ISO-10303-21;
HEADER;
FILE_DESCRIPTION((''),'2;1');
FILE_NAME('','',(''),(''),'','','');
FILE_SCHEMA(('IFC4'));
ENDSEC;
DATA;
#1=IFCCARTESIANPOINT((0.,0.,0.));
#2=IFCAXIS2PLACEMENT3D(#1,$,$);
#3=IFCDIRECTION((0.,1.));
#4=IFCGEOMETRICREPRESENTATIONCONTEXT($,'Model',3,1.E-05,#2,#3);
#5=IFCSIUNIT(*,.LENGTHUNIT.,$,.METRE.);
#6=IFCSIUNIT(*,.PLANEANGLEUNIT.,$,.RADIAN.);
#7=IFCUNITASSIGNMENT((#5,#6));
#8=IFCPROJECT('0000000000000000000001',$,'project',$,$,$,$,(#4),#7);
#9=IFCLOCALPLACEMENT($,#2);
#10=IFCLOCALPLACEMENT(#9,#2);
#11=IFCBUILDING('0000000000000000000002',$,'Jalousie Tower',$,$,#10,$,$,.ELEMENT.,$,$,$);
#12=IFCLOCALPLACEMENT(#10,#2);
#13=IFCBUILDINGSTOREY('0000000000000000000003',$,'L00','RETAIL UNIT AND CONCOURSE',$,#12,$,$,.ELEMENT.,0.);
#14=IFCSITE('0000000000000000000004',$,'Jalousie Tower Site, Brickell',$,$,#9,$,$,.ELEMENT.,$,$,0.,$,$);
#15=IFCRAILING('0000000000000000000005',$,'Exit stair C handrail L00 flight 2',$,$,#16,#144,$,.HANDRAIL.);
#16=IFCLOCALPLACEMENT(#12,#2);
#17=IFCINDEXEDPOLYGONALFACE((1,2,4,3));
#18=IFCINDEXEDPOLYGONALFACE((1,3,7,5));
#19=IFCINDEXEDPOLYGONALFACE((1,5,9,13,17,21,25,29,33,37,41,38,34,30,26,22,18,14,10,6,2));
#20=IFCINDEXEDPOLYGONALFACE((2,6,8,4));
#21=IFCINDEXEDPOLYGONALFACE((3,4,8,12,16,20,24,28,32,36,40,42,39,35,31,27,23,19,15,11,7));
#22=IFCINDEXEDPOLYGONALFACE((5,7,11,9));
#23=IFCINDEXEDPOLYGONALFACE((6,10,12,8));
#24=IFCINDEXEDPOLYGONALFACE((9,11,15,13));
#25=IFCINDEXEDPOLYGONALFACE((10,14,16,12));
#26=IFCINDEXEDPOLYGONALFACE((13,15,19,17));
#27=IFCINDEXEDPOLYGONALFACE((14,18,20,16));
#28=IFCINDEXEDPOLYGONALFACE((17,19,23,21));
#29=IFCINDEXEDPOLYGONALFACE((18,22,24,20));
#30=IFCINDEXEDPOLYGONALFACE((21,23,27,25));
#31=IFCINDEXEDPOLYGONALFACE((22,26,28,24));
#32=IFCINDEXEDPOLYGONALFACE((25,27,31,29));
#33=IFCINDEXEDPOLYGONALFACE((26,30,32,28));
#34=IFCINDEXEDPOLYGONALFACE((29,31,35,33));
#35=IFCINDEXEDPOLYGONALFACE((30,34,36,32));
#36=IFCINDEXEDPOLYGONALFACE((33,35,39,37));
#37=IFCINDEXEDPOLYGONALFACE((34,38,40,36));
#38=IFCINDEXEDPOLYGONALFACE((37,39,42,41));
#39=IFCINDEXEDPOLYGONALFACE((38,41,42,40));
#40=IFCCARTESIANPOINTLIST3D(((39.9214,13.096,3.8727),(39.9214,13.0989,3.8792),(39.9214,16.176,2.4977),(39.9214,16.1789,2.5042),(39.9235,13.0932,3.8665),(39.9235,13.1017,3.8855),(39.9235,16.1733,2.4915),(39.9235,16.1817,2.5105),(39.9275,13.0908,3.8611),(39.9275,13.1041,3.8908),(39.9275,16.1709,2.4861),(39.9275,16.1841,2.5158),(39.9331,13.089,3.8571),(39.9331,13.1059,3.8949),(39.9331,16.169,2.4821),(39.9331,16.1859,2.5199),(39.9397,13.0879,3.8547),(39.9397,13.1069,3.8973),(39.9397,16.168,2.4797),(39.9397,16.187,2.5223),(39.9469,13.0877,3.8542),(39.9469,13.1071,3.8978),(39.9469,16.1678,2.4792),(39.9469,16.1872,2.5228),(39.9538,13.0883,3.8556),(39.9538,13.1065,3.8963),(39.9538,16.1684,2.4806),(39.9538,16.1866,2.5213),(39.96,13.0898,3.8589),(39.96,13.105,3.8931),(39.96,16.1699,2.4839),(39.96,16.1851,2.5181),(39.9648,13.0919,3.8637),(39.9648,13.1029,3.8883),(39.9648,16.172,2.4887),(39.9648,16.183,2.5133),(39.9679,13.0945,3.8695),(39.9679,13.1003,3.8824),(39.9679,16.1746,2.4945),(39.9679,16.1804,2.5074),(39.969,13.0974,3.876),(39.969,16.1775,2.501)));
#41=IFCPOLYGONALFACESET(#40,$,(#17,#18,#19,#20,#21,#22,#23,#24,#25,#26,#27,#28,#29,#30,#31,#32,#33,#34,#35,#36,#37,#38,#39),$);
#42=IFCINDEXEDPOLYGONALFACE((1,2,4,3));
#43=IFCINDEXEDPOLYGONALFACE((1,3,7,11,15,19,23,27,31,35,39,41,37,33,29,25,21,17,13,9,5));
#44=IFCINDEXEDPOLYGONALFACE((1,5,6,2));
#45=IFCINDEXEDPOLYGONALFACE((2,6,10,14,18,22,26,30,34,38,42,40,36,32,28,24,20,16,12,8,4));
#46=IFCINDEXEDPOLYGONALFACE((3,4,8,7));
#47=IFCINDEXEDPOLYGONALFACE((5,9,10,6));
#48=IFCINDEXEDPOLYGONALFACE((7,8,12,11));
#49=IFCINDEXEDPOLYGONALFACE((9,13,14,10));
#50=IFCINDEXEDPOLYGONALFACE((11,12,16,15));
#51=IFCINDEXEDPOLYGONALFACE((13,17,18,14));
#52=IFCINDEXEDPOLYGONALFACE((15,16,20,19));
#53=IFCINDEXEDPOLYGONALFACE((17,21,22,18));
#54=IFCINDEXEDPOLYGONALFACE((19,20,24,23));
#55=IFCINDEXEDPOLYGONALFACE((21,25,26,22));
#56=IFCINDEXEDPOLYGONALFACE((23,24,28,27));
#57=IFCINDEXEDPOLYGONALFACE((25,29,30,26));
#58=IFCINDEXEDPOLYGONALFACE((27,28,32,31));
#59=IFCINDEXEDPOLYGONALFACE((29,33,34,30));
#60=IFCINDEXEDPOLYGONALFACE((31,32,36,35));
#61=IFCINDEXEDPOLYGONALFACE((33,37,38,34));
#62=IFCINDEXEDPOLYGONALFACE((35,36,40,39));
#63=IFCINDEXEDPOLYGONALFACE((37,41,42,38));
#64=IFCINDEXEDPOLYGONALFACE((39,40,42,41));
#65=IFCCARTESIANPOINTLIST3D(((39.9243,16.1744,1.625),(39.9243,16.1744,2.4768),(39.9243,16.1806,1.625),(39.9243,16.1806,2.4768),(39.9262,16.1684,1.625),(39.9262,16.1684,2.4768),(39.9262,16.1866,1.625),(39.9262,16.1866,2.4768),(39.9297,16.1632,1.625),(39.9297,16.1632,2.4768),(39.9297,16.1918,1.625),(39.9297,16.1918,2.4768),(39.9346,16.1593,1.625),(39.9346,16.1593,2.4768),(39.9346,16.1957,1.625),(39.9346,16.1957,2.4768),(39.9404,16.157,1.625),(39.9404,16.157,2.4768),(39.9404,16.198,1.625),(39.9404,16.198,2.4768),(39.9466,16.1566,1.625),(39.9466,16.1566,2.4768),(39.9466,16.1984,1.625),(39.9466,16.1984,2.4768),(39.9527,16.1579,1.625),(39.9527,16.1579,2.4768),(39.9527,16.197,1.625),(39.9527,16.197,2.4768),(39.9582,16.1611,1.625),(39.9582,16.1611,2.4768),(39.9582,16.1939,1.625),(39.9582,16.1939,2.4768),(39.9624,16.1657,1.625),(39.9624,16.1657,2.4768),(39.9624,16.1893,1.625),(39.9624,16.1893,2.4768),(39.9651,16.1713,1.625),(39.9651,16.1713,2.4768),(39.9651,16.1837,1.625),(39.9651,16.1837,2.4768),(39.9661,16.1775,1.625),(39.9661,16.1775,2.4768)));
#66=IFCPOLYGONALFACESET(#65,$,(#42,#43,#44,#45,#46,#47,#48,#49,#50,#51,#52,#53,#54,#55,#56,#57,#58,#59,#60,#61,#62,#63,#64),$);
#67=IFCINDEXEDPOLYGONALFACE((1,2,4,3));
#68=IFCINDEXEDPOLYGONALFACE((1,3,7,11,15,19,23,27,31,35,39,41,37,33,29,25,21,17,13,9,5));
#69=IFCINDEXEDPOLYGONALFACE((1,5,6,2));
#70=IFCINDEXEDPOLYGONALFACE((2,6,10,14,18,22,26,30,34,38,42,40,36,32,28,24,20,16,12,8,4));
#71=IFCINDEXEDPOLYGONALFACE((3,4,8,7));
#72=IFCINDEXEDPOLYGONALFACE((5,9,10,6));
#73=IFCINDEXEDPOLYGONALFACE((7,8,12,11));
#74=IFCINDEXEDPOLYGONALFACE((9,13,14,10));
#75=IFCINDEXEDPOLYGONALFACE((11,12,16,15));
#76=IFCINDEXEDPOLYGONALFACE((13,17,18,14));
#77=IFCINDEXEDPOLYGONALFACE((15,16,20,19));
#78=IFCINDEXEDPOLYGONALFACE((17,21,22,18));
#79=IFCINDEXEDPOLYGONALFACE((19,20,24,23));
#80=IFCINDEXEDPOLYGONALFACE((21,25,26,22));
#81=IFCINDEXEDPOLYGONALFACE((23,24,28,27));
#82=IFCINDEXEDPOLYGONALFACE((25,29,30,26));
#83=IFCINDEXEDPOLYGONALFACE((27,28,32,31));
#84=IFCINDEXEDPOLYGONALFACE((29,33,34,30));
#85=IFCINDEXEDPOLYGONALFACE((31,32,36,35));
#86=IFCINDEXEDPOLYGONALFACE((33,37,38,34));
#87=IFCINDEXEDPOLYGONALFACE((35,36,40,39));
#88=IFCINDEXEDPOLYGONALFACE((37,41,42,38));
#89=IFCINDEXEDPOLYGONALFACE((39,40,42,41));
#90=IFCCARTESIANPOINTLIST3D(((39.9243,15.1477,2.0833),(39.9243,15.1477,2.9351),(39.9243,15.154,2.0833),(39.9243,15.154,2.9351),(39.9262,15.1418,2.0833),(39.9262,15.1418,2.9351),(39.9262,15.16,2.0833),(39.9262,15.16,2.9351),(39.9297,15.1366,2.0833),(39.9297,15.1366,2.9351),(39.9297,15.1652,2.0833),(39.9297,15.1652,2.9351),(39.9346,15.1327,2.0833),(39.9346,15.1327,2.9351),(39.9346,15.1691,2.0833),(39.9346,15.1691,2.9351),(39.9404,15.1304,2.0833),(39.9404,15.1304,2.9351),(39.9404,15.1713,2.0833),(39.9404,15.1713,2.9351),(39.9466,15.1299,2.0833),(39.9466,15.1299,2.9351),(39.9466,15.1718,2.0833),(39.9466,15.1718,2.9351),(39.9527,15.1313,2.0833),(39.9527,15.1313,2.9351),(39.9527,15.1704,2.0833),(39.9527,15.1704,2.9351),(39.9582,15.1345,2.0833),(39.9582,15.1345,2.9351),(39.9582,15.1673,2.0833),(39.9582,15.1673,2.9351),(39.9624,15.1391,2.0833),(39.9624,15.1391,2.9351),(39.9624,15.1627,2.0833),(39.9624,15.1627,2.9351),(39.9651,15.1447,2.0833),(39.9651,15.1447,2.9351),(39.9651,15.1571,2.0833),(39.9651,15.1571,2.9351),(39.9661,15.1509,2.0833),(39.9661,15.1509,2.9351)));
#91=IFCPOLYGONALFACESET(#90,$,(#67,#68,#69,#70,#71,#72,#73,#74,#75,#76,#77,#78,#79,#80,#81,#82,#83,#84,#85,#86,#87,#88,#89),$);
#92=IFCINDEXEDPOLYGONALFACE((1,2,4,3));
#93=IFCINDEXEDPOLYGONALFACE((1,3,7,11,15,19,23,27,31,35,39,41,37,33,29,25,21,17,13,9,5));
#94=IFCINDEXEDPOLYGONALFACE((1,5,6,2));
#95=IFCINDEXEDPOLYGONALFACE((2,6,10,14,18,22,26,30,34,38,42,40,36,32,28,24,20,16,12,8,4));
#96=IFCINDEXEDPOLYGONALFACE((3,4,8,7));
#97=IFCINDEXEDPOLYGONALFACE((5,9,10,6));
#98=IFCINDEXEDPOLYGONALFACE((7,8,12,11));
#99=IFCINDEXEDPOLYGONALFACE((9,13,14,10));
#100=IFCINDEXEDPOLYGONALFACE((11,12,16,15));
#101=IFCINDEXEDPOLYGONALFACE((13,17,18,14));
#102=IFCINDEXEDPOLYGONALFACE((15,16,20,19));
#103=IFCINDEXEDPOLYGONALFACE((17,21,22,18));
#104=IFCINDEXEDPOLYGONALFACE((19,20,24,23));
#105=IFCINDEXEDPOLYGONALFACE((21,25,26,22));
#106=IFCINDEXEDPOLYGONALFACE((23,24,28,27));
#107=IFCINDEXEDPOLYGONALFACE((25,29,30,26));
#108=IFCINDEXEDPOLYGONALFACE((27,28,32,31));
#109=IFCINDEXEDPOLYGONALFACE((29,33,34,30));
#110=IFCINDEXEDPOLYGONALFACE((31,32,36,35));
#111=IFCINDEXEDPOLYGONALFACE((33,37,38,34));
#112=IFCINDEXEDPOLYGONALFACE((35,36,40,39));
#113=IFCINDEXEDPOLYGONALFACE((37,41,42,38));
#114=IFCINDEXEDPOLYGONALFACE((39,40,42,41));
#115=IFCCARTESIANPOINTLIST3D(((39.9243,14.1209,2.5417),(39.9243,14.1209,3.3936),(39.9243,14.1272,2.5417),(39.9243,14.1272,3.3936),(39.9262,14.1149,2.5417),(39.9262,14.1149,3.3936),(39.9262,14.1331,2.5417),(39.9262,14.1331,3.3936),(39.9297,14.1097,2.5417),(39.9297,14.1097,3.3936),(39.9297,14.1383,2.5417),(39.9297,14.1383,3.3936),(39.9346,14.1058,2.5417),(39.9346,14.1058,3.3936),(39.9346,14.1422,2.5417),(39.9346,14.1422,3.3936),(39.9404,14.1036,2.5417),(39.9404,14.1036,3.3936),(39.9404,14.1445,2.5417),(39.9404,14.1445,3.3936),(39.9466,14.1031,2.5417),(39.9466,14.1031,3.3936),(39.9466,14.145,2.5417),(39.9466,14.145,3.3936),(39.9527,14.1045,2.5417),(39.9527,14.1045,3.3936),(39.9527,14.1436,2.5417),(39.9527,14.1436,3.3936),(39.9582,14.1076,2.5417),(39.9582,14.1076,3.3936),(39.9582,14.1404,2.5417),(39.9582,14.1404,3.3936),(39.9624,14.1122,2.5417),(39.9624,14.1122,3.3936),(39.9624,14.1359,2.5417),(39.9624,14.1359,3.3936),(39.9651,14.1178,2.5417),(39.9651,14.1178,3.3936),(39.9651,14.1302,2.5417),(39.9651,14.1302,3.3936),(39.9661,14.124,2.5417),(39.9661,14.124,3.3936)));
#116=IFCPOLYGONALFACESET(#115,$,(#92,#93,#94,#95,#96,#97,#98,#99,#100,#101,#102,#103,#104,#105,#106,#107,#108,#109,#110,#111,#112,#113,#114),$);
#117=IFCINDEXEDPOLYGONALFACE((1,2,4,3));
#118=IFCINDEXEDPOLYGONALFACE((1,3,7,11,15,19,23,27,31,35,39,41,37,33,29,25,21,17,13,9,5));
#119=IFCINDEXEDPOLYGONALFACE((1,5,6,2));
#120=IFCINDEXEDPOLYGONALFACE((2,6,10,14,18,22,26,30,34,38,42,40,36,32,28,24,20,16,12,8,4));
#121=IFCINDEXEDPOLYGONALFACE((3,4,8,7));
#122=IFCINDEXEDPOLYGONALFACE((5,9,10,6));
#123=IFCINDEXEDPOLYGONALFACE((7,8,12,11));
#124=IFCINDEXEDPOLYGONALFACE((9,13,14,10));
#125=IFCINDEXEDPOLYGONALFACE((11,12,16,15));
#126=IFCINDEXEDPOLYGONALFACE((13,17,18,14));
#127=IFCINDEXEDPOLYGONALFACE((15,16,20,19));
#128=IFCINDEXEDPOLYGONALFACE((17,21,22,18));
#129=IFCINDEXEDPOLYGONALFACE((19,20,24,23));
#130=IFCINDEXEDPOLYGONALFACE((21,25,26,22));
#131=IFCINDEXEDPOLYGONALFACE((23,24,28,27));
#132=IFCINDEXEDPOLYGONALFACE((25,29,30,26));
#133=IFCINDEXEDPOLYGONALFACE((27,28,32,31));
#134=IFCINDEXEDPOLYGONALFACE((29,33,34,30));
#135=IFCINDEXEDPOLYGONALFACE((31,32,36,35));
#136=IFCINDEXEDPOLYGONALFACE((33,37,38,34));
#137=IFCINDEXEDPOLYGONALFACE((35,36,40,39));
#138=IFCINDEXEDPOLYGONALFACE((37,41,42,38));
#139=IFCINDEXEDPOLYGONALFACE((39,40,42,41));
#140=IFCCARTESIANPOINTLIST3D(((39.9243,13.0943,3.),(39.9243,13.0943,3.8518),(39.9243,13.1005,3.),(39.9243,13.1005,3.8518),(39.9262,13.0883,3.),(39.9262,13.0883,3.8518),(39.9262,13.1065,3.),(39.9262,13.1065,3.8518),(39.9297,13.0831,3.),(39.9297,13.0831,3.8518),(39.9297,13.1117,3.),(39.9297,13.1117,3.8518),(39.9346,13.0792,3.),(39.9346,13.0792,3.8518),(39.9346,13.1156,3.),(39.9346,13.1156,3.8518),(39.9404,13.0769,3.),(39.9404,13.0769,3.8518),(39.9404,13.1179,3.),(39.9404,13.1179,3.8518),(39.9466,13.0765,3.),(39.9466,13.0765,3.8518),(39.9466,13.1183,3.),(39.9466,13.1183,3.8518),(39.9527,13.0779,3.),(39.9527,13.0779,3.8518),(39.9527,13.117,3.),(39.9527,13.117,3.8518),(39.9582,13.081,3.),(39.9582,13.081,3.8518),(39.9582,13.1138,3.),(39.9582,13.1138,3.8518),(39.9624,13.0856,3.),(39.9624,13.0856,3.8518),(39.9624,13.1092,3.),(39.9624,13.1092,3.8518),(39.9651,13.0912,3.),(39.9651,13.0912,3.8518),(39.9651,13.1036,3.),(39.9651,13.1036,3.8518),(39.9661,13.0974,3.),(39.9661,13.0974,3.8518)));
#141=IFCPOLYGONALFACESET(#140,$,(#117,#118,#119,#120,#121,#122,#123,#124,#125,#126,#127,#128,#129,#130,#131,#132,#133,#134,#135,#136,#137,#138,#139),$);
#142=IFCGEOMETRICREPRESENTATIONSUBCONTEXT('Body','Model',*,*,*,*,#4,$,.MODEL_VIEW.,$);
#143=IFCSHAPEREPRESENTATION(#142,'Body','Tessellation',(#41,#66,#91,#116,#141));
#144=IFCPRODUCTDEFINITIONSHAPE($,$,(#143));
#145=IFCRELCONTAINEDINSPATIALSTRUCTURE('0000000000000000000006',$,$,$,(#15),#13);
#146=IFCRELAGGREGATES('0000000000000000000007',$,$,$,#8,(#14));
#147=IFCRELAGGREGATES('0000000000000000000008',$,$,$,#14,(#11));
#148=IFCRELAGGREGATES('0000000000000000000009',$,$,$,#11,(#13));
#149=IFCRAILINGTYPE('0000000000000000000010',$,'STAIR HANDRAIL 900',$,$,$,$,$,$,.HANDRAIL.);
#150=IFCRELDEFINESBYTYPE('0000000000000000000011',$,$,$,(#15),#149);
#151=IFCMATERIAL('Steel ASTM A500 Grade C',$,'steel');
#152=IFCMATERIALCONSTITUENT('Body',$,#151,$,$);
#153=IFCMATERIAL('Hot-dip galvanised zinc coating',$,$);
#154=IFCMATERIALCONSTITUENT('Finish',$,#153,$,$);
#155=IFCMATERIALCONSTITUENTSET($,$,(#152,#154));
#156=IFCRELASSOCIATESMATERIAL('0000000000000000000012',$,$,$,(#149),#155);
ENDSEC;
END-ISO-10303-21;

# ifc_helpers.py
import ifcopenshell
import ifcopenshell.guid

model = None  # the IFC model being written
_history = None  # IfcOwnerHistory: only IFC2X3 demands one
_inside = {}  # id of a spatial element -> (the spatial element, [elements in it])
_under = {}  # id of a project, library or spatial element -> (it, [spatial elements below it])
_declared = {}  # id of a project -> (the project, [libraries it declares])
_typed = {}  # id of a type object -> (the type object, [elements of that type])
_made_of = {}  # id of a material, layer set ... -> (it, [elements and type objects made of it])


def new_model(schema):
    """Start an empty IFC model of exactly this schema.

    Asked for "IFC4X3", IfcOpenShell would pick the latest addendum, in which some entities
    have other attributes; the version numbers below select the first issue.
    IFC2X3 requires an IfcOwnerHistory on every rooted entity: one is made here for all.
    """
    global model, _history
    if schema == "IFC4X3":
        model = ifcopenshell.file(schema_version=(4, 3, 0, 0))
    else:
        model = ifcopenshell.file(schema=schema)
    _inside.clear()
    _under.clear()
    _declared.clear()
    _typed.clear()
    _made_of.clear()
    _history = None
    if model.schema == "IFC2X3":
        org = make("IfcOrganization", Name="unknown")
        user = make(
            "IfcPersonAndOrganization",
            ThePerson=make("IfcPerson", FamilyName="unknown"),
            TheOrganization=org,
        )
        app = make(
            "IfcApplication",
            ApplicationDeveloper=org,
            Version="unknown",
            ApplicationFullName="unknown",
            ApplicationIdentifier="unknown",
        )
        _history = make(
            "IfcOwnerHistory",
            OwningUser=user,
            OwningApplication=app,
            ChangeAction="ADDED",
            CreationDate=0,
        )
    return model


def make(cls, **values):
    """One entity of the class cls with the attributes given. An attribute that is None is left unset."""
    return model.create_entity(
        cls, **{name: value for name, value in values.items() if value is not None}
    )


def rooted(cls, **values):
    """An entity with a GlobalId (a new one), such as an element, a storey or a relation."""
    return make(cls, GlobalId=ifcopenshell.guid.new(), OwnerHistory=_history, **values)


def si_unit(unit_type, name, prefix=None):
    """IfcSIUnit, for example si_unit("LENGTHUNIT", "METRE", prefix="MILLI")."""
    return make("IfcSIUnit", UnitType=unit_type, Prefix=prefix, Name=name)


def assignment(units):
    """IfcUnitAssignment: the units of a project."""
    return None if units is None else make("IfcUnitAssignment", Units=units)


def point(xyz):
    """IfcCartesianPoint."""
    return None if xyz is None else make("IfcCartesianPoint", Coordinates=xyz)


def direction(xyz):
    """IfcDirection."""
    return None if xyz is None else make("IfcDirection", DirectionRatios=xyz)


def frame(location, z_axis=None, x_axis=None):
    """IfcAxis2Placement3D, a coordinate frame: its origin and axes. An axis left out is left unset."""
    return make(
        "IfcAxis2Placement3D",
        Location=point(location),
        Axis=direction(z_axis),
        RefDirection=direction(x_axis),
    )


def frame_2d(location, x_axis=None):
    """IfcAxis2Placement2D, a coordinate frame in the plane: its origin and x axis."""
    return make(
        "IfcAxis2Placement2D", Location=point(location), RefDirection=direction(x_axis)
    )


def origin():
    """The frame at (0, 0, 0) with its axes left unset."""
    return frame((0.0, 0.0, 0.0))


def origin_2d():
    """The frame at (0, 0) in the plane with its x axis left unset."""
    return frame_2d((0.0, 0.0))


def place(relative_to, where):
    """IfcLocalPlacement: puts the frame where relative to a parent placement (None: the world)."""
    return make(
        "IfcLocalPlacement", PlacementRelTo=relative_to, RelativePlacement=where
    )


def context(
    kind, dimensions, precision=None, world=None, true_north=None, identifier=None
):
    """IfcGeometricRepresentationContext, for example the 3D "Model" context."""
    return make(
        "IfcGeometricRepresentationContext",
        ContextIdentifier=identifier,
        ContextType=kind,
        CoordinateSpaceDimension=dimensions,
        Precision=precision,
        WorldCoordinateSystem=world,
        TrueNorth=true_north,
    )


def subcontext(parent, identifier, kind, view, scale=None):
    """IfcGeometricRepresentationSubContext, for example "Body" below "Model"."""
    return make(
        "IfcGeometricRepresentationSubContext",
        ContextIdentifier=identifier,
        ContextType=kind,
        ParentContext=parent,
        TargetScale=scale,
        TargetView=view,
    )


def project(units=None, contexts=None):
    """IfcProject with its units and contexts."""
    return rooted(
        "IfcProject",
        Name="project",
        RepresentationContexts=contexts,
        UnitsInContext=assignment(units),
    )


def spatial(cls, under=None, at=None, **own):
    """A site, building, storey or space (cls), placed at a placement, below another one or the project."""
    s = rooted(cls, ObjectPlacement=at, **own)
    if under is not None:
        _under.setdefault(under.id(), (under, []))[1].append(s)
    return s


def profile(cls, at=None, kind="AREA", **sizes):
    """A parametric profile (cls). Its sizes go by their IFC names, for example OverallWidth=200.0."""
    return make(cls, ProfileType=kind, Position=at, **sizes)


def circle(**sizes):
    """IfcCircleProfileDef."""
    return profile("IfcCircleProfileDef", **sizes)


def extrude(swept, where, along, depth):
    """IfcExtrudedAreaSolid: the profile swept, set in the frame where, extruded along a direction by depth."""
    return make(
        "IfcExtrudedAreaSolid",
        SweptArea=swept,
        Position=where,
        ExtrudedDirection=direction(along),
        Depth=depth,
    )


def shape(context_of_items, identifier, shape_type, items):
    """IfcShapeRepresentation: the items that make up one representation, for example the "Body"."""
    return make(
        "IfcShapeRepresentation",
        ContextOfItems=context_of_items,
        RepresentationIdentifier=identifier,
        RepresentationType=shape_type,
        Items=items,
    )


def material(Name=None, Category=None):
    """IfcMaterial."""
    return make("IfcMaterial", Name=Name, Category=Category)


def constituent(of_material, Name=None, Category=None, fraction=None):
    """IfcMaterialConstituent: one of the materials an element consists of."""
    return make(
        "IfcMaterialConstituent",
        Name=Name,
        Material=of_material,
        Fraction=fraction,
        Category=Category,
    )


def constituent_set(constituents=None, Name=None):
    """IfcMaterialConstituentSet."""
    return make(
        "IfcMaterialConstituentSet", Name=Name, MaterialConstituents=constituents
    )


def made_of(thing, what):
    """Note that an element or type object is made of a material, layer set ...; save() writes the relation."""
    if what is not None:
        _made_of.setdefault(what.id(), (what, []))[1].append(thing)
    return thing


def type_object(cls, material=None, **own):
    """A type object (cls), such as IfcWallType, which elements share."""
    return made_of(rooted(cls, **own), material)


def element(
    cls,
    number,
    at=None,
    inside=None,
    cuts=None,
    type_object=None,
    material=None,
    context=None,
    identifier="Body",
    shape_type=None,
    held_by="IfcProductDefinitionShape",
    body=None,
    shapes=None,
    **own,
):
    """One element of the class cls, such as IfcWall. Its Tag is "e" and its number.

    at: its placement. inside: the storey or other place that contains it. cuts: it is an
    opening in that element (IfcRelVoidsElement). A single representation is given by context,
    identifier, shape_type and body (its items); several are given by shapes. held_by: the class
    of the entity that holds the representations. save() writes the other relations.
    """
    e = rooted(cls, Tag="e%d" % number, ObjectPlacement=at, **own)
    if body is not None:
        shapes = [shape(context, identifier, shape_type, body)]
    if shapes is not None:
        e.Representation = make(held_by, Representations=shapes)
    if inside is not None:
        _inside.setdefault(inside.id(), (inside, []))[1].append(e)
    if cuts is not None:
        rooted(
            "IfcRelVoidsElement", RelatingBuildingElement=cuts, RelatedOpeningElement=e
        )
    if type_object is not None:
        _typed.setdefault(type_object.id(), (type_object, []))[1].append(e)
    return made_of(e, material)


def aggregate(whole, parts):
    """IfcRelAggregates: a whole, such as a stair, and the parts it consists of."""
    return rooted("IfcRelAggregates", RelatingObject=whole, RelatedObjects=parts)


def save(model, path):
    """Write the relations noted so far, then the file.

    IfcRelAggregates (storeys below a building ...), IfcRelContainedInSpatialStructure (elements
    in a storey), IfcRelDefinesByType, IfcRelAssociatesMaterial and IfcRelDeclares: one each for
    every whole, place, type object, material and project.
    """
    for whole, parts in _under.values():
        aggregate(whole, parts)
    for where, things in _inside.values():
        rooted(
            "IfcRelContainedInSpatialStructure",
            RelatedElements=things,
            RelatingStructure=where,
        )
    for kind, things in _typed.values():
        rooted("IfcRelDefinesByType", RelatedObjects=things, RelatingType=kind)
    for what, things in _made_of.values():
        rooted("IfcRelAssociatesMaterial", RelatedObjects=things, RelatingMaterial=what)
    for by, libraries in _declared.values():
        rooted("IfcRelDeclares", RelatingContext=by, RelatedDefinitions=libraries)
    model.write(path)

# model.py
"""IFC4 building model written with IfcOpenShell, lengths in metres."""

from ifc_helpers import new_model, si_unit, direction, frame, origin, origin_2d, place, context, subcontext, project, spatial, circle, extrude, material, constituent, constituent_set, type_object, element, save


model = new_model("IFC4")

# Units and contexts
model_context = context("Model", 3, precision=1e-05, world=origin(), true_north=direction((0.0, 1.0)))
body_context = subcontext(model_context, "Body", "Model", "MODEL_VIEW")
ifc_project = project(units=[si_unit("LENGTHUNIT", "METRE"), si_unit("PLANEANGLEUNIT", "RADIAN")], contexts=[model_context])

# Site, building, storey
site_placement = place(None, origin())
site = spatial("IfcSite", under=ifc_project, at=site_placement, Name="Jalousie Tower Site, Brickell", CompositionType="ELEMENT", RefElevation=0.0)
building_placement = place(site_placement, origin())
building = spatial("IfcBuilding", under=site, at=building_placement, Name="Jalousie Tower", CompositionType="ELEMENT")
storey_placement = place(building_placement, origin())
storey = spatial("IfcBuildingStorey", under=building, at=storey_placement, Name="L00", Description="RETAIL UNIT AND CONCOURSE", CompositionType="ELEMENT", Elevation=0.0)

# Railing
ifc_material_1 = material(Name="Steel ASTM A500 Grade C", Category="steel")
ifc_constituent_1 = constituent(ifc_material_1, Name="Body")
ifc_material_2 = material(Name="Hot-dip galvanised zinc coating")
ifc_constituent_2 = constituent(ifc_material_2, Name="Finish")
ifc_constituent_set_1 = constituent_set(constituents=[ifc_constituent_1, ifc_constituent_2])
railing_type_1 = type_object("IfcRailingType", Name="STAIR HANDRAIL 900", PredefinedType="HANDRAIL", material=ifc_constituent_set_1)
railing_1_placement = place(storey_placement, frame((39.9451, 16.1775, 1.625)))
element("IfcRailing", 1, at=railing_1_placement, inside=storey, type_object=railing_type_1, Name="Exit stair C handrail L00 flight 2", PredefinedType="HANDRAIL", context=body_context, shape_type="SweptSolid", body=[
    extrude(circle(Radius=0.0239, at=origin_2d()), frame((0.0, 0.0, 0.876), z_axis=(0.0, -0.913142, 0.407642), x_axis=(1.0, 0.0, 0.0)), (0.0, 0.0, 1.0), 3.373),
    extrude(circle(Radius=0.021, at=origin_2d()), origin(), (0.0, 0.0, 1.0), 0.8518),
    extrude(circle(Radius=0.021, at=origin_2d()), frame((0.0, -1.0266, 0.4583)), (0.0, 0.0, 1.0), 0.8518),
    extrude(circle(Radius=0.021, at=origin_2d()), frame((0.0, -2.0535, 0.9167)), (0.0, 0.0, 1.0), 0.8518),
    extrude(circle(Radius=0.021, at=origin_2d()), frame((0.0, -3.0801, 1.375)), (0.0, 0.0, 1.0), 0.8518),
])

save(model, "model.ifc")
